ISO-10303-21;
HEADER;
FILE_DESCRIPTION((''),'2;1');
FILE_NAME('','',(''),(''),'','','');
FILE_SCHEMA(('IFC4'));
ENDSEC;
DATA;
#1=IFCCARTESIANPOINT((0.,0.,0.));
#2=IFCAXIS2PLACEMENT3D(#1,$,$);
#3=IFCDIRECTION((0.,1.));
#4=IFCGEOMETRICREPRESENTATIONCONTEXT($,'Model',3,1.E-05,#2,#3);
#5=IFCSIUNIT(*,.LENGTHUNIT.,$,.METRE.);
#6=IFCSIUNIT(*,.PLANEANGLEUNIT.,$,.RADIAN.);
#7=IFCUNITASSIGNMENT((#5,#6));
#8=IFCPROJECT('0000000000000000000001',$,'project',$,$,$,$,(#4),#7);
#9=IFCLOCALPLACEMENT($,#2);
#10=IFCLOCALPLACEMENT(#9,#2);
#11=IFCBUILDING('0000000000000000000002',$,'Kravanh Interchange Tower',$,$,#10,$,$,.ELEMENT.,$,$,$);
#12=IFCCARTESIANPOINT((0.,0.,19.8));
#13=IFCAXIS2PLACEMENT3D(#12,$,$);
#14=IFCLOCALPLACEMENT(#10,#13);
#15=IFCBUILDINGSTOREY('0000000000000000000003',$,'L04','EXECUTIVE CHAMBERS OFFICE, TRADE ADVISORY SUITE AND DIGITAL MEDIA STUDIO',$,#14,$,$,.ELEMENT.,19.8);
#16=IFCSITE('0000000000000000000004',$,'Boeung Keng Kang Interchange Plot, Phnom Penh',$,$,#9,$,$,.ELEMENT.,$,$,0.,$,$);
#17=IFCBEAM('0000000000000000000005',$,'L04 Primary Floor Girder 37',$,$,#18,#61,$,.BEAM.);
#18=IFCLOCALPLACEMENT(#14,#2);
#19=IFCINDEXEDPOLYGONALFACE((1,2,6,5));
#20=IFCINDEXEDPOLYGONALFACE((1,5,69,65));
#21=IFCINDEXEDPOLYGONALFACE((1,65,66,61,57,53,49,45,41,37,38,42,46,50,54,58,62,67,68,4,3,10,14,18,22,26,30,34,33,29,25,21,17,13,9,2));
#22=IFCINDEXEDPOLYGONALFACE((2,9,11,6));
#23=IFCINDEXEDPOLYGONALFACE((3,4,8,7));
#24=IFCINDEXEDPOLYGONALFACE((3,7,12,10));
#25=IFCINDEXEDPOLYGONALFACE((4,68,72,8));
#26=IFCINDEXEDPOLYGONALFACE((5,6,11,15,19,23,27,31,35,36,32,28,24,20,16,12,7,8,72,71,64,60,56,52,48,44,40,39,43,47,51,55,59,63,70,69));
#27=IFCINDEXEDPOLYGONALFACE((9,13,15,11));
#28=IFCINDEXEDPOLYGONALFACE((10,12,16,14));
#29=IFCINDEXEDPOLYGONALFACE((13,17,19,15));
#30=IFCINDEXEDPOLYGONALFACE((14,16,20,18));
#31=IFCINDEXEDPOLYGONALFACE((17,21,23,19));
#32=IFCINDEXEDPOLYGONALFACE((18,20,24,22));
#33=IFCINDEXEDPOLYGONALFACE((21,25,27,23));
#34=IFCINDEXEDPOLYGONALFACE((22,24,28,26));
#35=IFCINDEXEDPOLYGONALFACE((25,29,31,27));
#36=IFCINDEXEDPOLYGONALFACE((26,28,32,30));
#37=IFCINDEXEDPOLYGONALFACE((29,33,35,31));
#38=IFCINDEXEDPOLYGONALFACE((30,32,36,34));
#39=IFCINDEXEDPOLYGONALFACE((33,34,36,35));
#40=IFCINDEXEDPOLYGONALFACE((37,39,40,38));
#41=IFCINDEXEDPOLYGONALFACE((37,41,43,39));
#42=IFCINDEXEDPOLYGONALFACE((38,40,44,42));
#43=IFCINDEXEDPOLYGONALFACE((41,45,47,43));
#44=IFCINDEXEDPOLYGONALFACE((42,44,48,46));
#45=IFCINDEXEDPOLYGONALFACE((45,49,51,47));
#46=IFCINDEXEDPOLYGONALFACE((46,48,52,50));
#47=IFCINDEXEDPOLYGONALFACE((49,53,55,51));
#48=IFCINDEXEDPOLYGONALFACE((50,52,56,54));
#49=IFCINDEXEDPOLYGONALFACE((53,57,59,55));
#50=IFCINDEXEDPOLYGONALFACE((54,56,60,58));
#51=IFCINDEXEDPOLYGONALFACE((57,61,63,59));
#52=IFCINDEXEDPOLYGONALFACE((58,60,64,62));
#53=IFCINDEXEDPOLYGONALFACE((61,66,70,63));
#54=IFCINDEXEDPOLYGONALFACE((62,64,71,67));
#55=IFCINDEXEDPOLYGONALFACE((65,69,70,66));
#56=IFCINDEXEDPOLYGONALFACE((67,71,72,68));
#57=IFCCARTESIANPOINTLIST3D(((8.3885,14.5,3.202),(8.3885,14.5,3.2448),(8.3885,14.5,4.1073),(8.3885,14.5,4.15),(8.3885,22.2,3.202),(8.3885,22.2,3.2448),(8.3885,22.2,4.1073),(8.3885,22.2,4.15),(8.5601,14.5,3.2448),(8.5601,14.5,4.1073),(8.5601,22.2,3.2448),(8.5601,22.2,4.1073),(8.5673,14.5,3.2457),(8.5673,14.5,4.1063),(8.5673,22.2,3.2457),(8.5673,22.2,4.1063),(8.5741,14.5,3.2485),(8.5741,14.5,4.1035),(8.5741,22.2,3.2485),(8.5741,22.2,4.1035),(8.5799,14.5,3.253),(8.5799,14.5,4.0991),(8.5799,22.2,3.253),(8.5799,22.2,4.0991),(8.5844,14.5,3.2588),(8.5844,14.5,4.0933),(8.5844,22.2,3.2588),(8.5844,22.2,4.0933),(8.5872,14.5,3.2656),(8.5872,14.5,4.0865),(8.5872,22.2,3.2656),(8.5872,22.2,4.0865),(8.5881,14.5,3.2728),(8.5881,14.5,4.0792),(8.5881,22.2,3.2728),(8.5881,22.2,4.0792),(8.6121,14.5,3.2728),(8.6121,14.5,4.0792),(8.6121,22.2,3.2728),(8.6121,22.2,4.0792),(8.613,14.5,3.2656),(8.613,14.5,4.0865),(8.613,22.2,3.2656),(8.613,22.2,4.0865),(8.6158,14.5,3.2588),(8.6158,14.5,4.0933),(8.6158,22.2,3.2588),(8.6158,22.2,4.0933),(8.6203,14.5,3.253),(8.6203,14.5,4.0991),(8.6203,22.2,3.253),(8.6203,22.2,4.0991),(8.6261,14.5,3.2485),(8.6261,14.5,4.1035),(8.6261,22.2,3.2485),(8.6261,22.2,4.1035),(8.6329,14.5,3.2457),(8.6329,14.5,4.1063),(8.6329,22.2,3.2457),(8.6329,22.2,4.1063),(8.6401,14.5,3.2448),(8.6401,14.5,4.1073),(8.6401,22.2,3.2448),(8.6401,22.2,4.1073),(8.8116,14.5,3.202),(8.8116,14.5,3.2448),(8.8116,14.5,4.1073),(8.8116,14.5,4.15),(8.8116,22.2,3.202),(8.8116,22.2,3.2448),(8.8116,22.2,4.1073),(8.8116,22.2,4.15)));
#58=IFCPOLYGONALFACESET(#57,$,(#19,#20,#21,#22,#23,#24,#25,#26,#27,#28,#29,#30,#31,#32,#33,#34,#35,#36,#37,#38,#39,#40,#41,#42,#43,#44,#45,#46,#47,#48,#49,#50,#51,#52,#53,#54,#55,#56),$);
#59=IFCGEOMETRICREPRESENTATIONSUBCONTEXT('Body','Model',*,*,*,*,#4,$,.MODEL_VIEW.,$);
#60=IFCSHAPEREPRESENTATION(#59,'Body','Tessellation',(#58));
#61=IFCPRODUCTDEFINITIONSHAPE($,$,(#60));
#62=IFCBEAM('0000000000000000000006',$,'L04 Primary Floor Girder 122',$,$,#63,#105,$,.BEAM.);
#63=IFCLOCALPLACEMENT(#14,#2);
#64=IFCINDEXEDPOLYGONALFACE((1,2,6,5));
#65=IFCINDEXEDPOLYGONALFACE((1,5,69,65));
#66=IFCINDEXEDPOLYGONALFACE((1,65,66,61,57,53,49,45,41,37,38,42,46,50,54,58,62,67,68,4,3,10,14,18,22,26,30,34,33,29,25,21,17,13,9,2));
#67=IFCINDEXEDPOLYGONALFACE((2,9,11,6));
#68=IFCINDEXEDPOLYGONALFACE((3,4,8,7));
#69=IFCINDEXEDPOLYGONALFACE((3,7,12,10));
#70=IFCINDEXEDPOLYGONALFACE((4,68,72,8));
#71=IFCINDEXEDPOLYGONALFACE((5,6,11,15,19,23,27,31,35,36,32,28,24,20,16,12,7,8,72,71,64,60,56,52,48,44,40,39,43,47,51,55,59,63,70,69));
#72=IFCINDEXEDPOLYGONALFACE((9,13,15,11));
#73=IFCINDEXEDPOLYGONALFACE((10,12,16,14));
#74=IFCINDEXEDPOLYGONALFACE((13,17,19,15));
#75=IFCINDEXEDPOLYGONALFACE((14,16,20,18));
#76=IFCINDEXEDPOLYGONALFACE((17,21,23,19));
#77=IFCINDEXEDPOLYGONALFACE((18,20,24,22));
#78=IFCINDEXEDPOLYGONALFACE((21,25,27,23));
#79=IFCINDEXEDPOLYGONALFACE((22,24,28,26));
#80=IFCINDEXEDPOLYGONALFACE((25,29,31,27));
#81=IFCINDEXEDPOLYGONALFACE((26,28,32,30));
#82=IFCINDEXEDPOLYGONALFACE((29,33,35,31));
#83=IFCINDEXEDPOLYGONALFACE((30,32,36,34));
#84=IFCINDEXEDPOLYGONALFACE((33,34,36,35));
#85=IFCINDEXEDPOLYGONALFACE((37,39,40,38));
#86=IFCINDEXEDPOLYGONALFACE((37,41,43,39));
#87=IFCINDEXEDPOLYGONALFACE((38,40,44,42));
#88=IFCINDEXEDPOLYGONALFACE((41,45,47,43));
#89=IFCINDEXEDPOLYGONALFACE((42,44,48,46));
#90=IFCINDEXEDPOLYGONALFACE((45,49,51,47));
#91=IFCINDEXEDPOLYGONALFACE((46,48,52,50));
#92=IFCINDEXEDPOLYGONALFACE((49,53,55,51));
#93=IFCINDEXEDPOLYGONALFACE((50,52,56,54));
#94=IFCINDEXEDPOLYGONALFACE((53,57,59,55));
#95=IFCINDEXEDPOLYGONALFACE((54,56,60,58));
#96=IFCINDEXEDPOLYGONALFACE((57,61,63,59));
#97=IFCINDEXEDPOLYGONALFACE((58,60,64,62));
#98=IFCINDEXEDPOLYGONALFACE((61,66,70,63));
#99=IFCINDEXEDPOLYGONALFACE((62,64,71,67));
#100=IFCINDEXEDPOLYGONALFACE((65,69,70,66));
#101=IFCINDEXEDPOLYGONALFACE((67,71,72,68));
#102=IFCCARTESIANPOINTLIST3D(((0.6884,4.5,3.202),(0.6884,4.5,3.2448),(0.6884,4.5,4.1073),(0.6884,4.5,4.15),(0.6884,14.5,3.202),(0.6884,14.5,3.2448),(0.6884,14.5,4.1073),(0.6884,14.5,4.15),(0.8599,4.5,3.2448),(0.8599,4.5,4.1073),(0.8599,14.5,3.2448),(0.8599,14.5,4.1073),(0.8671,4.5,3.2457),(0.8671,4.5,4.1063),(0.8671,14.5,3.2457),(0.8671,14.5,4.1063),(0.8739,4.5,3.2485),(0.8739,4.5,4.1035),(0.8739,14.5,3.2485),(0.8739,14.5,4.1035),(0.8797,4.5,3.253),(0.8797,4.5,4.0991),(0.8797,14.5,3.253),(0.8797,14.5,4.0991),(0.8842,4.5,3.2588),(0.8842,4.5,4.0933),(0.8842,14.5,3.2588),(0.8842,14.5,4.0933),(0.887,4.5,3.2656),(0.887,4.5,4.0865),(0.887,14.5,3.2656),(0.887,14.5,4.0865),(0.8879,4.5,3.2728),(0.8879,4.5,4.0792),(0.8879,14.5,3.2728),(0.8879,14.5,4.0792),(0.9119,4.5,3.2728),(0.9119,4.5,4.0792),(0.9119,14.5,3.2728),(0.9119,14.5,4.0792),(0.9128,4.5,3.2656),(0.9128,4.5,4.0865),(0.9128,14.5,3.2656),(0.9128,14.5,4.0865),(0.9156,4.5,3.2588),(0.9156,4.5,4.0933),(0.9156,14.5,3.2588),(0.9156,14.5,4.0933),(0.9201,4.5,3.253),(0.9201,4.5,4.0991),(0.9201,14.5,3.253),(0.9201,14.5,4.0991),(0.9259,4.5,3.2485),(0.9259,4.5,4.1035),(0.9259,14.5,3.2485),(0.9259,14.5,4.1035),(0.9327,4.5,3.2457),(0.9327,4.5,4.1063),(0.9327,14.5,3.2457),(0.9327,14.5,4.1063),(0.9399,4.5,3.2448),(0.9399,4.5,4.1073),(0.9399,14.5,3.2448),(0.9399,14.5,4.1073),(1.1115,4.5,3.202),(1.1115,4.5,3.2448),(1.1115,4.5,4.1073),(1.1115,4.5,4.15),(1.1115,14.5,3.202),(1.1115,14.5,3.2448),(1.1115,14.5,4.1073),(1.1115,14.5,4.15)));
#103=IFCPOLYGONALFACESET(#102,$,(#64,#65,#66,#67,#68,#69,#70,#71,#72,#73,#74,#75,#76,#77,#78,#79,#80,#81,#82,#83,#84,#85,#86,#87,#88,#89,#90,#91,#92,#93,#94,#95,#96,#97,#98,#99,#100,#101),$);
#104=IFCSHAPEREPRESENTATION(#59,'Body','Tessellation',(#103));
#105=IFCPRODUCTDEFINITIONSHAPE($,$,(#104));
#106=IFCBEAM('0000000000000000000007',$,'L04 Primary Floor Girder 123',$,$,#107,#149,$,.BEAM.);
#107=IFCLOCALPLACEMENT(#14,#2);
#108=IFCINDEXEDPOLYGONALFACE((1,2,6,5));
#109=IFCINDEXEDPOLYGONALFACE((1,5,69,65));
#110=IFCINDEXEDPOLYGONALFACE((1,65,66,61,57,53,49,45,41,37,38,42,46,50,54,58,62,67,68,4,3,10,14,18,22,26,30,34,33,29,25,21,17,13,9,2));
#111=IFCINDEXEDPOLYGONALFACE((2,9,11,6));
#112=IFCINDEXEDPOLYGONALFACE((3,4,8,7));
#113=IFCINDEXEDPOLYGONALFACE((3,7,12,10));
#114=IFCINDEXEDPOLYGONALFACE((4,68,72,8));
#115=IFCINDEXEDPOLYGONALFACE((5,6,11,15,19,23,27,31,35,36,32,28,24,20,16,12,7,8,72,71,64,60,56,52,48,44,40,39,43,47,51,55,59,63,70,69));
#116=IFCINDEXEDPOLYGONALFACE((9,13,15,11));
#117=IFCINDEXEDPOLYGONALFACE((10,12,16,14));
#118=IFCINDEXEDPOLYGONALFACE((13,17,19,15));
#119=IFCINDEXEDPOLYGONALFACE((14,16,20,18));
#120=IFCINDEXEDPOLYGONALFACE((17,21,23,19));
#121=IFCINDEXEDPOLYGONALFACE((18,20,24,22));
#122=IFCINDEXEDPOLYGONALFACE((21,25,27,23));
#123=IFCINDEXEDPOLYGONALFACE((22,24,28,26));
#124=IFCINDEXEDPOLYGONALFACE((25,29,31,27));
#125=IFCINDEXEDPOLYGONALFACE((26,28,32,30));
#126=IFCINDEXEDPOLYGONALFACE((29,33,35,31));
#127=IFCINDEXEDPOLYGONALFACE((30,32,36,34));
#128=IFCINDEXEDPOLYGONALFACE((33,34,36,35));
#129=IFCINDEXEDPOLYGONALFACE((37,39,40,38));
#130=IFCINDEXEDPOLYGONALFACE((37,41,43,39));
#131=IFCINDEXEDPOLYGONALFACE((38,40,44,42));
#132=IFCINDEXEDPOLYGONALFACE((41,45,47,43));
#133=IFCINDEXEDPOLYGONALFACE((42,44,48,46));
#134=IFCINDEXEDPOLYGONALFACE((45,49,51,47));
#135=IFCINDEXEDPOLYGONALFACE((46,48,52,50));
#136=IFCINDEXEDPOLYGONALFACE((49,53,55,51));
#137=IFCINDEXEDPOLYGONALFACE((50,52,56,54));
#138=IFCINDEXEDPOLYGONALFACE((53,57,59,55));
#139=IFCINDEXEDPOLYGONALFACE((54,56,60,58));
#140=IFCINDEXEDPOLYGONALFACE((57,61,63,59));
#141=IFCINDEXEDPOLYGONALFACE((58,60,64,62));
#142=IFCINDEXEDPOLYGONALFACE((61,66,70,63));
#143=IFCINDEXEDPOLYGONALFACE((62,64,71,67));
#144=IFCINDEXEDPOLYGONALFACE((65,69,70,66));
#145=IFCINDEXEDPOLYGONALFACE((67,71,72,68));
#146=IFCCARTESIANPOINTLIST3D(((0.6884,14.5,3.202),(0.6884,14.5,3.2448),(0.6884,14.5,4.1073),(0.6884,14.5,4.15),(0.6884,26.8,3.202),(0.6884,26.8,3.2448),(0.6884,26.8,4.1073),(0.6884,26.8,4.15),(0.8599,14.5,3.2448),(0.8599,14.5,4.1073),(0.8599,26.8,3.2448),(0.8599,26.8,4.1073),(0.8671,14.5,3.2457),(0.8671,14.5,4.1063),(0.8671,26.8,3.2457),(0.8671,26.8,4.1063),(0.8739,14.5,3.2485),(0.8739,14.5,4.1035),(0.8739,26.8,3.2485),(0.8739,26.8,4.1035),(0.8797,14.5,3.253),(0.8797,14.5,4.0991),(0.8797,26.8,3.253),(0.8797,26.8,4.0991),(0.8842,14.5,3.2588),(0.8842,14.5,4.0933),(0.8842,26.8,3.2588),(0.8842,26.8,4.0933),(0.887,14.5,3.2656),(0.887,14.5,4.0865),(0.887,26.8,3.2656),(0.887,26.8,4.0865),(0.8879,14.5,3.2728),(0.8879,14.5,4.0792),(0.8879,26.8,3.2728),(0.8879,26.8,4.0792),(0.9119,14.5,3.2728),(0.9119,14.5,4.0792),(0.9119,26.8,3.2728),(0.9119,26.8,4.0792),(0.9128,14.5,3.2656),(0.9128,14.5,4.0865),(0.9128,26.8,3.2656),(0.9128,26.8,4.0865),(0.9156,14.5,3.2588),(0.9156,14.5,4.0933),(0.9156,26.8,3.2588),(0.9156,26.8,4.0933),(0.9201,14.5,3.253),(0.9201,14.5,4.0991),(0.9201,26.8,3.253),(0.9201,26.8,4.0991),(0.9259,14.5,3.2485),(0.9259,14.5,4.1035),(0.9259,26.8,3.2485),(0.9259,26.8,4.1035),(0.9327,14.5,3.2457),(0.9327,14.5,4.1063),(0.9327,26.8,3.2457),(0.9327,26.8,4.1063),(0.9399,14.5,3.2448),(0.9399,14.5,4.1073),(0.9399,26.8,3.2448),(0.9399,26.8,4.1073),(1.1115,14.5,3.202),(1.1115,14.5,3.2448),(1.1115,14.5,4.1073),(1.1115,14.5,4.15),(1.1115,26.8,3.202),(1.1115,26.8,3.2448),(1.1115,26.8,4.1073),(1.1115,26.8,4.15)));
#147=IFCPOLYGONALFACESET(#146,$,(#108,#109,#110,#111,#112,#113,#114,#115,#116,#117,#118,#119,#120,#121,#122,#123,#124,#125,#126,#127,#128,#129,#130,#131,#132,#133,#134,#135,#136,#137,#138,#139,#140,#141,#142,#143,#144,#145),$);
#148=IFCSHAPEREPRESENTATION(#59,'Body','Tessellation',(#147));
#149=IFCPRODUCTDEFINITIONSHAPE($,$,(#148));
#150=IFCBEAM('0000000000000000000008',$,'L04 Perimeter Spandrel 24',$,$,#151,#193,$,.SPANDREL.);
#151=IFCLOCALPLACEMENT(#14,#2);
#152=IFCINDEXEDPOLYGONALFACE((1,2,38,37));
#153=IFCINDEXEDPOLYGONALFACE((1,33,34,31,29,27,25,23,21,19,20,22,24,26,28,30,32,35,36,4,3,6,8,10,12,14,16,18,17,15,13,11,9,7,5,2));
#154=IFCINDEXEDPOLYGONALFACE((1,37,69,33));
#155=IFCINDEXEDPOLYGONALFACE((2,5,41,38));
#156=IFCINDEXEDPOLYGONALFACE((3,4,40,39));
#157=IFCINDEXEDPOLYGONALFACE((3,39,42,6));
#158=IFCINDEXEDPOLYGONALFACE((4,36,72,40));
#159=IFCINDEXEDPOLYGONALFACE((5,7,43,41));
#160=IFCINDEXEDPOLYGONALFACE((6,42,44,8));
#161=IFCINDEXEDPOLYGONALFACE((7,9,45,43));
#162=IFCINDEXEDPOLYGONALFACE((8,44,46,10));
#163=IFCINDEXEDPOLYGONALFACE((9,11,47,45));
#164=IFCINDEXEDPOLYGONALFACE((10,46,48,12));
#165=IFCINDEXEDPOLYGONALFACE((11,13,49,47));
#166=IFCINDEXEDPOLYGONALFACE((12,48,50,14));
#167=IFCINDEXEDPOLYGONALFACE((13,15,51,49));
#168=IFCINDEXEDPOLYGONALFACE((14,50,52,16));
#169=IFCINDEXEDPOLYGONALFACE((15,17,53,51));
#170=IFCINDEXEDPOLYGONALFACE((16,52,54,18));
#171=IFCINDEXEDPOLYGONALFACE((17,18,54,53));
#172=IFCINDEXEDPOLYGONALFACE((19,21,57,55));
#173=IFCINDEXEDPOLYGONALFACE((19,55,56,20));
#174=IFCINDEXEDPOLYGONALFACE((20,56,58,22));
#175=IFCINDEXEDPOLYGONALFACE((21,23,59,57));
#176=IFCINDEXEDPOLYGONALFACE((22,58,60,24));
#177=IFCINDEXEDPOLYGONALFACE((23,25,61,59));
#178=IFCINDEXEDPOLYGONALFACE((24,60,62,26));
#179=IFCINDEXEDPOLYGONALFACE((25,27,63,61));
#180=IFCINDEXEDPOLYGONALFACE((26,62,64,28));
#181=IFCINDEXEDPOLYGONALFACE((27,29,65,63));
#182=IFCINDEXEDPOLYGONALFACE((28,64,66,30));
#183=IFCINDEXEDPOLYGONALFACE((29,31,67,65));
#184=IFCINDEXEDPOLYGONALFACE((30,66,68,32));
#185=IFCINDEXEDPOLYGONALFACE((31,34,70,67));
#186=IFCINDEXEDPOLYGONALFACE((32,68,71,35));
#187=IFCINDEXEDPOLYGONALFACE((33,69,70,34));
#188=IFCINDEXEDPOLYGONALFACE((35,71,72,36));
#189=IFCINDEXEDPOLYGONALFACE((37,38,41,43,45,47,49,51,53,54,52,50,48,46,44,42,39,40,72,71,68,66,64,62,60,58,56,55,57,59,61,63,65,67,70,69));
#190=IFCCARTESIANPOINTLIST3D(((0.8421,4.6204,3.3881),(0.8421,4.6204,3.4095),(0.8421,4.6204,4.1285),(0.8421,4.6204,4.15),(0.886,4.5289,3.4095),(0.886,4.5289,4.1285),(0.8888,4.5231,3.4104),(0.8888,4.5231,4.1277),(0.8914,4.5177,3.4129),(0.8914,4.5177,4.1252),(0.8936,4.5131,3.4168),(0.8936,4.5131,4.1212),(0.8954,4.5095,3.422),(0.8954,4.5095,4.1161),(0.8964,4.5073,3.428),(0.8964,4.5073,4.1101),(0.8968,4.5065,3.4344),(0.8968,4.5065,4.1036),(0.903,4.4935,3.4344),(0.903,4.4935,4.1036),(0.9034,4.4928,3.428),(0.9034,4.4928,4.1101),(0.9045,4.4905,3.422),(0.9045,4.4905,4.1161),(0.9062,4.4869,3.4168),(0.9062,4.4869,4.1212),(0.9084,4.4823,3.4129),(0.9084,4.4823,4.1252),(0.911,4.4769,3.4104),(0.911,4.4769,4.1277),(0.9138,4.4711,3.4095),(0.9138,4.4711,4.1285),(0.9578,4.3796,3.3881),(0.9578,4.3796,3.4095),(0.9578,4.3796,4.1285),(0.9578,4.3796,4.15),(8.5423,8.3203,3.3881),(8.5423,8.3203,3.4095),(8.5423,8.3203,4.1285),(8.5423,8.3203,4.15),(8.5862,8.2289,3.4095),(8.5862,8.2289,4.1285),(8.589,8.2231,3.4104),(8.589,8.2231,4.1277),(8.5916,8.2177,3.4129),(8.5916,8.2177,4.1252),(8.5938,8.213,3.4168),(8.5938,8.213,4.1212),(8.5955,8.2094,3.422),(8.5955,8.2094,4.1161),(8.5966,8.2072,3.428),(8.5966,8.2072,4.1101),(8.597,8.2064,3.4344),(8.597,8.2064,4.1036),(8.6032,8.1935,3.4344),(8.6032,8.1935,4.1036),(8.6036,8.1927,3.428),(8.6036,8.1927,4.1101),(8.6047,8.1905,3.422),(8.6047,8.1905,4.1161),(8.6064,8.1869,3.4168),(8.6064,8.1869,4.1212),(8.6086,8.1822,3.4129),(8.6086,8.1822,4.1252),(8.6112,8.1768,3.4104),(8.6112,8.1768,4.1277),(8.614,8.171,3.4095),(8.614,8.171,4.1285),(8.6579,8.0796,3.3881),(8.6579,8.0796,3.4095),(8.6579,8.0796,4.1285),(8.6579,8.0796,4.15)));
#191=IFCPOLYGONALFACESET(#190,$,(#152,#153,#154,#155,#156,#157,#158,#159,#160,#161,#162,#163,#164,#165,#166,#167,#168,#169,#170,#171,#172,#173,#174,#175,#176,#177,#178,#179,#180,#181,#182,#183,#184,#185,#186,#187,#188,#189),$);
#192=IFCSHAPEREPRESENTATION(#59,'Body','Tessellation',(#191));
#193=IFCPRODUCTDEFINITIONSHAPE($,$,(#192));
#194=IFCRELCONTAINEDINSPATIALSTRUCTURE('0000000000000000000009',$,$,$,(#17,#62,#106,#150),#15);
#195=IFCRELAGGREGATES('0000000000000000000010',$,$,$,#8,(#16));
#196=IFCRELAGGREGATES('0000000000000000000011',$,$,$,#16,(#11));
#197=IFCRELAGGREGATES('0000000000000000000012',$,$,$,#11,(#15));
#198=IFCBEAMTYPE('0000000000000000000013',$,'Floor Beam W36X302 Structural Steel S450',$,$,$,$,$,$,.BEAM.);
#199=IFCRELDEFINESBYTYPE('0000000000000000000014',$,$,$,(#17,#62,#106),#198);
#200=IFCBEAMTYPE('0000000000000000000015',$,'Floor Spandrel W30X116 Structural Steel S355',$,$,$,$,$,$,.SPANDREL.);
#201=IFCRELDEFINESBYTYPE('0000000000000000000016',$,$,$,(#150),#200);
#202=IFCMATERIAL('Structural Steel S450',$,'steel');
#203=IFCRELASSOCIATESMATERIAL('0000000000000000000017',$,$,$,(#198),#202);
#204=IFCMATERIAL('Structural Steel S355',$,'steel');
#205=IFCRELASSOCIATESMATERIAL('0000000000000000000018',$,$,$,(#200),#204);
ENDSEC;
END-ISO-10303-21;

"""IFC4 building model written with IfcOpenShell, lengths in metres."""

from ifc_helpers import new_model, si_unit, direction, frame, origin, origin_2d, place, context, subcontext, project, spatial, i_section, extrude, material, material_profile, profile_set, type_object, element, save


model = new_model("IFC4")

# Units and contexts
model_context = context("Model", 3, precision=1e-05, world=origin(), true_north=direction((0.0, 1.0)))
body_context = subcontext(model_context, "Body", "Model", "MODEL_VIEW")
ifc_project = project(units=[si_unit("LENGTHUNIT", "METRE"), si_unit("PLANEANGLEUNIT", "RADIAN")], contexts=[model_context])

# Site, building, storey
site_placement = place(None, origin())
site = spatial("IfcSite", under=ifc_project, at=site_placement, Name="Boeung Keng Kang Interchange Plot, Phnom Penh", CompositionType="ELEMENT", RefElevation=0.0)
building_placement = place(site_placement, origin())
building = spatial("IfcBuilding", under=site, at=building_placement, Name="Kravanh Interchange Tower", CompositionType="ELEMENT")
storey_placement = place(building_placement, frame((0.0, 0.0, 19.8)))
storey = spatial("IfcBuildingStorey", under=building, at=storey_placement, Name="L04", Description="EXECUTIVE CHAMBERS OFFICE, TRADE ADVISORY SUITE AND DIGITAL MEDIA STUDIO", CompositionType="ELEMENT", Elevation=19.8)

# Beams
ifc_material_1 = material(Name="Structural Steel S450", Category="steel")
ifc_material_profile_1 = material_profile(ifc_material_1, i_section(OverallWidth=0.4231, OverallDepth=0.948, WebThickness=0.0239, FlangeThickness=0.0427, FilletRadius=0.0281, at=origin_2d()), Name="W36X302")
ifc_profile_set_1 = profile_set([ifc_material_profile_1], Name="Structural Steel S450")
beam_type_1 = type_object("IfcBeamType", Name="Floor Beam W36X302 Structural Steel S450", PredefinedType="BEAM", material=ifc_profile_set_1)
beam_1_placement = place(storey_placement, frame((8.6001, 14.5, 3.676), z_axis=(0.0, 1.0, 0.0), x_axis=(-1.0, 0.0, 0.0)))
element("IfcBeam", 1, at=beam_1_placement, inside=storey, type_object=beam_type_1, Name="L04 Primary Floor Girder 37", PredefinedType="BEAM", context=body_context, shape_type="SweptSolid", body=[
    extrude(i_section(OverallWidth=0.4231, OverallDepth=0.948, WebThickness=0.0239, FlangeThickness=0.0427, FilletRadius=0.0281, at=origin_2d()), origin(), (0.0, 0.0, 1.0), 7.7),
])
beam_2_placement = place(storey_placement, frame((0.8999, 4.5, 3.676), z_axis=(0.0, 1.0, 0.0), x_axis=(-1.0, 0.0, 0.0)))
element("IfcBeam", 2, at=beam_2_placement, inside=storey, type_object=beam_type_1, Name="L04 Primary Floor Girder 122", PredefinedType="BEAM", context=body_context, shape_type="SweptSolid", body=[
    extrude(i_section(OverallWidth=0.4231, OverallDepth=0.948, WebThickness=0.0239, FlangeThickness=0.0427, FilletRadius=0.0281, at=origin_2d()), origin(), (0.0, 0.0, 1.0), 10.0),
])
beam_3_placement = place(storey_placement, frame((0.8999, 14.5, 3.676), z_axis=(0.0, 1.0, 0.0), x_axis=(-1.0, 0.0, 0.0)))
element("IfcBeam", 3, at=beam_3_placement, inside=storey, type_object=beam_type_1, Name="L04 Primary Floor Girder 123", PredefinedType="BEAM", context=body_context, shape_type="SweptSolid", body=[
    extrude(i_section(OverallWidth=0.4231, OverallDepth=0.948, WebThickness=0.0239, FlangeThickness=0.0427, FilletRadius=0.0281, at=origin_2d()), origin(), (0.0, 0.0, 1.0), 12.3),
])
ifc_material_2 = material(Name="Structural Steel S355", Category="steel")
ifc_material_profile_2 = material_profile(ifc_material_2, i_section(OverallWidth=0.2671, OverallDepth=0.762, WebThickness=0.0144, FlangeThickness=0.0215, FilletRadius=0.0249, at=origin_2d()), Name="W30X116")
ifc_profile_set_2 = profile_set([ifc_material_profile_2], Name="Structural Steel S355")
beam_type_2 = type_object("IfcBeamType", Name="Floor Spandrel W30X116 Structural Steel S355", PredefinedType="SPANDREL", material=ifc_profile_set_2)
beam_4_placement = place(storey_placement, frame((8.6001, 8.2, 3.769), z_axis=(-0.901347, -0.433098, 0.0), x_axis=(0.433098, -0.901347, 0.0)))
element("IfcBeam", 4, at=beam_4_placement, inside=storey, type_object=beam_type_2, Name="L04 Perimeter Spandrel 24", PredefinedType="SPANDREL", context=body_context, shape_type="SweptSolid", body=[
    extrude(i_section(OverallWidth=0.2671, OverallDepth=0.762, WebThickness=0.0144, FlangeThickness=0.0215, FilletRadius=0.0249, at=origin_2d()), origin(), (0.0, 0.0, 1.0), 8.543),
])

save(model, "model.ifc")
